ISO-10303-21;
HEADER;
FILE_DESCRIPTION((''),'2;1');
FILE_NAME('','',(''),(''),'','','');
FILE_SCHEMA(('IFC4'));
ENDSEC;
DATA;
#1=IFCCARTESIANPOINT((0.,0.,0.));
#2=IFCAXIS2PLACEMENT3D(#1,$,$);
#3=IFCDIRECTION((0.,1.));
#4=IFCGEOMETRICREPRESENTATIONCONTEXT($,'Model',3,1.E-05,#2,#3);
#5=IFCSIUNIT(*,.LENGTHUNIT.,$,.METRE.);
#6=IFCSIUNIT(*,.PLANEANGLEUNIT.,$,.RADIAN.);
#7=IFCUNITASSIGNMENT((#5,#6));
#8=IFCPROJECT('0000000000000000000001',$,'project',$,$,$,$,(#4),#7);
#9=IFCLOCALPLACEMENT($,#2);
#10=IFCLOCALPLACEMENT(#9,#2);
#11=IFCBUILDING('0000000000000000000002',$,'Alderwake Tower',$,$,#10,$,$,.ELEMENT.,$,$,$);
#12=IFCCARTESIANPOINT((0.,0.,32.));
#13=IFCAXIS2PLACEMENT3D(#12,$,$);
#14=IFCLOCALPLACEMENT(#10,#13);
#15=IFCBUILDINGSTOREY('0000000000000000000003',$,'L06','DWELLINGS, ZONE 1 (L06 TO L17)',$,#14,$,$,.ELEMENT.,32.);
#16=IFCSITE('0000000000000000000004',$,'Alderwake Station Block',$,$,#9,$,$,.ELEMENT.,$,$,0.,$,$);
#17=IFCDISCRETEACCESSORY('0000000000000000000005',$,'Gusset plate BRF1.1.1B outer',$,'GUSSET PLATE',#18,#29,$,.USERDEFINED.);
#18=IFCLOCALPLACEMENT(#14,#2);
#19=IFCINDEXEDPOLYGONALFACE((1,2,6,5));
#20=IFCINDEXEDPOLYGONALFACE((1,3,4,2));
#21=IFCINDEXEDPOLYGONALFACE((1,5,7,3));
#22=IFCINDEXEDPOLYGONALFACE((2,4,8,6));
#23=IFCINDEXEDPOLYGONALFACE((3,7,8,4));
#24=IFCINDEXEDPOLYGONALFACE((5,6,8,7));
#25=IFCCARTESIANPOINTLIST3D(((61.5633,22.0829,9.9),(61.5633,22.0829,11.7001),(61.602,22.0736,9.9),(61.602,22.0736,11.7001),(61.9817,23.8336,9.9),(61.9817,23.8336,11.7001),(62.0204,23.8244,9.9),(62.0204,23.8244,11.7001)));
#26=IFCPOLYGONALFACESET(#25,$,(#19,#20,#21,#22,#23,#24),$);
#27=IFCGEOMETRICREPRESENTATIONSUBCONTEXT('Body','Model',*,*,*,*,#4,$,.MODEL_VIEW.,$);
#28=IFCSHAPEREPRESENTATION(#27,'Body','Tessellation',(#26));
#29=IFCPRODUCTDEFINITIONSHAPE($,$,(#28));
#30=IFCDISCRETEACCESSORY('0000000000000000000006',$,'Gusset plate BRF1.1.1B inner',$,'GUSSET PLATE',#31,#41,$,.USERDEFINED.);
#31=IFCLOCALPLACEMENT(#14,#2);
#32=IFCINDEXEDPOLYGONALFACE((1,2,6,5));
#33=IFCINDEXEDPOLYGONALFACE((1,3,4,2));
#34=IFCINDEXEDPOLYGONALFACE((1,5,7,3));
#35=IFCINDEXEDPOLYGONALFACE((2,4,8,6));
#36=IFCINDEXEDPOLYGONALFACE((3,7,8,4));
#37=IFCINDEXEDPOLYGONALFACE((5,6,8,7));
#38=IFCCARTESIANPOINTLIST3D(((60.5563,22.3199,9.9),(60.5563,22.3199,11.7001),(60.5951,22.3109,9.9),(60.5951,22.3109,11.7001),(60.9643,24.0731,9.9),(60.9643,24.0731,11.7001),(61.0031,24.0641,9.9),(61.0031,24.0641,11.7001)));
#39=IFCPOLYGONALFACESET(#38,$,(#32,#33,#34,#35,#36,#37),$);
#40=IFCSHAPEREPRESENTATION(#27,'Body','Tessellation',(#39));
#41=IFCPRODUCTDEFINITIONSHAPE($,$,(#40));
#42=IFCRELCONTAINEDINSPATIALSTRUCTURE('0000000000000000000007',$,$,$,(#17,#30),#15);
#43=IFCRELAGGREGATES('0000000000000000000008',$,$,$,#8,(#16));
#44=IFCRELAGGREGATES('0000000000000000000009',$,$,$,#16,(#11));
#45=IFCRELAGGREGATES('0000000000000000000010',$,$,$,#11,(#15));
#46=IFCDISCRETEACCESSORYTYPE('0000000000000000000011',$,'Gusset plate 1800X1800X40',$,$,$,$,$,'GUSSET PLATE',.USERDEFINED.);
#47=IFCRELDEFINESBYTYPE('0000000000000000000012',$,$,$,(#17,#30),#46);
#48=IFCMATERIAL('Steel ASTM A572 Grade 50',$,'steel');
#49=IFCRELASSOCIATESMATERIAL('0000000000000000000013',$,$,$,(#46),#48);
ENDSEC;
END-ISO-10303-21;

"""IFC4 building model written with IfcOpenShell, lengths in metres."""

from ifc_helpers import new_model, si_unit, direction, frame, origin, origin_2d, place, context, subcontext, project, spatial, rectangle, extrude, material, material_profile, profile_set, type_object, element, save


model = new_model("IFC4")

# Units and contexts
model_context = context("Model", 3, precision=1e-05, world=origin(), true_north=direction((0.0, 1.0)))
body_context = subcontext(model_context, "Body", "Model", "MODEL_VIEW")
ifc_project = project(units=[si_unit("LENGTHUNIT", "METRE"), si_unit("PLANEANGLEUNIT", "RADIAN")], contexts=[model_context])

# Site, building, storey
site_placement = place(None, origin())
site = spatial("IfcSite", under=ifc_project, at=site_placement, Name="Alderwake Station Block", CompositionType="ELEMENT", RefElevation=0.0)
building_placement = place(site_placement, origin())
building = spatial("IfcBuilding", under=site, at=building_placement, Name="Alderwake Tower", CompositionType="ELEMENT")
storey_placement = place(building_placement, frame((0.0, 0.0, 32.0)))
storey = spatial("IfcBuildingStorey", under=building, at=storey_placement, Name="L06", Description="DWELLINGS, ZONE 1 (L06 TO L17)", CompositionType="ELEMENT", Elevation=32.0)

# Discrete accessories
ifc_material_1 = material(Name="Steel ASTM A572 Grade 50", Category="steel")
ifc_material_profile_1 = material_profile(ifc_material_1, rectangle(XDim=1.8, YDim=1.8, at=origin_2d()), Name="gusset 1800X1800")
ifc_profile_set_1 = profile_set([ifc_material_profile_1], Name="Steel ASTM A572 Grade 50")
discrete_accessory_type = type_object("IfcDiscreteAccessoryType", Name="Gusset plate 1800X1800X40", ElementType="GUSSET PLATE", PredefinedType="USERDEFINED", material=ifc_profile_set_1)
for number, where, z_axis, x_axis, name in (
    (1, (61.7725, 22.9583, 10.8), (0.972609, -0.232447, 0.0), (0.232447, 0.972609, 0.0), "Gusset plate BRF1.1.1B outer"),
    (2, (60.7991, 23.1875, 10.8), (-0.973977, 0.226649, 0.0), (-0.226649, -0.973977, 0.0), "Gusset plate BRF1.1.1B inner"),
):
    element("IfcDiscreteAccessory", number, at=place(storey_placement, frame(where, z_axis=z_axis, x_axis=x_axis)), inside=storey, type_object=discrete_accessory_type, Name=name, ObjectType="GUSSET PLATE", PredefinedType="USERDEFINED", context=body_context, shape_type="SweptSolid", body=[
        extrude(rectangle(XDim=1.8, YDim=1.8, at=origin_2d()), origin(), (0.0, 0.0, 1.0), 0.0398),
    ])

save(model, "model.ifc")
